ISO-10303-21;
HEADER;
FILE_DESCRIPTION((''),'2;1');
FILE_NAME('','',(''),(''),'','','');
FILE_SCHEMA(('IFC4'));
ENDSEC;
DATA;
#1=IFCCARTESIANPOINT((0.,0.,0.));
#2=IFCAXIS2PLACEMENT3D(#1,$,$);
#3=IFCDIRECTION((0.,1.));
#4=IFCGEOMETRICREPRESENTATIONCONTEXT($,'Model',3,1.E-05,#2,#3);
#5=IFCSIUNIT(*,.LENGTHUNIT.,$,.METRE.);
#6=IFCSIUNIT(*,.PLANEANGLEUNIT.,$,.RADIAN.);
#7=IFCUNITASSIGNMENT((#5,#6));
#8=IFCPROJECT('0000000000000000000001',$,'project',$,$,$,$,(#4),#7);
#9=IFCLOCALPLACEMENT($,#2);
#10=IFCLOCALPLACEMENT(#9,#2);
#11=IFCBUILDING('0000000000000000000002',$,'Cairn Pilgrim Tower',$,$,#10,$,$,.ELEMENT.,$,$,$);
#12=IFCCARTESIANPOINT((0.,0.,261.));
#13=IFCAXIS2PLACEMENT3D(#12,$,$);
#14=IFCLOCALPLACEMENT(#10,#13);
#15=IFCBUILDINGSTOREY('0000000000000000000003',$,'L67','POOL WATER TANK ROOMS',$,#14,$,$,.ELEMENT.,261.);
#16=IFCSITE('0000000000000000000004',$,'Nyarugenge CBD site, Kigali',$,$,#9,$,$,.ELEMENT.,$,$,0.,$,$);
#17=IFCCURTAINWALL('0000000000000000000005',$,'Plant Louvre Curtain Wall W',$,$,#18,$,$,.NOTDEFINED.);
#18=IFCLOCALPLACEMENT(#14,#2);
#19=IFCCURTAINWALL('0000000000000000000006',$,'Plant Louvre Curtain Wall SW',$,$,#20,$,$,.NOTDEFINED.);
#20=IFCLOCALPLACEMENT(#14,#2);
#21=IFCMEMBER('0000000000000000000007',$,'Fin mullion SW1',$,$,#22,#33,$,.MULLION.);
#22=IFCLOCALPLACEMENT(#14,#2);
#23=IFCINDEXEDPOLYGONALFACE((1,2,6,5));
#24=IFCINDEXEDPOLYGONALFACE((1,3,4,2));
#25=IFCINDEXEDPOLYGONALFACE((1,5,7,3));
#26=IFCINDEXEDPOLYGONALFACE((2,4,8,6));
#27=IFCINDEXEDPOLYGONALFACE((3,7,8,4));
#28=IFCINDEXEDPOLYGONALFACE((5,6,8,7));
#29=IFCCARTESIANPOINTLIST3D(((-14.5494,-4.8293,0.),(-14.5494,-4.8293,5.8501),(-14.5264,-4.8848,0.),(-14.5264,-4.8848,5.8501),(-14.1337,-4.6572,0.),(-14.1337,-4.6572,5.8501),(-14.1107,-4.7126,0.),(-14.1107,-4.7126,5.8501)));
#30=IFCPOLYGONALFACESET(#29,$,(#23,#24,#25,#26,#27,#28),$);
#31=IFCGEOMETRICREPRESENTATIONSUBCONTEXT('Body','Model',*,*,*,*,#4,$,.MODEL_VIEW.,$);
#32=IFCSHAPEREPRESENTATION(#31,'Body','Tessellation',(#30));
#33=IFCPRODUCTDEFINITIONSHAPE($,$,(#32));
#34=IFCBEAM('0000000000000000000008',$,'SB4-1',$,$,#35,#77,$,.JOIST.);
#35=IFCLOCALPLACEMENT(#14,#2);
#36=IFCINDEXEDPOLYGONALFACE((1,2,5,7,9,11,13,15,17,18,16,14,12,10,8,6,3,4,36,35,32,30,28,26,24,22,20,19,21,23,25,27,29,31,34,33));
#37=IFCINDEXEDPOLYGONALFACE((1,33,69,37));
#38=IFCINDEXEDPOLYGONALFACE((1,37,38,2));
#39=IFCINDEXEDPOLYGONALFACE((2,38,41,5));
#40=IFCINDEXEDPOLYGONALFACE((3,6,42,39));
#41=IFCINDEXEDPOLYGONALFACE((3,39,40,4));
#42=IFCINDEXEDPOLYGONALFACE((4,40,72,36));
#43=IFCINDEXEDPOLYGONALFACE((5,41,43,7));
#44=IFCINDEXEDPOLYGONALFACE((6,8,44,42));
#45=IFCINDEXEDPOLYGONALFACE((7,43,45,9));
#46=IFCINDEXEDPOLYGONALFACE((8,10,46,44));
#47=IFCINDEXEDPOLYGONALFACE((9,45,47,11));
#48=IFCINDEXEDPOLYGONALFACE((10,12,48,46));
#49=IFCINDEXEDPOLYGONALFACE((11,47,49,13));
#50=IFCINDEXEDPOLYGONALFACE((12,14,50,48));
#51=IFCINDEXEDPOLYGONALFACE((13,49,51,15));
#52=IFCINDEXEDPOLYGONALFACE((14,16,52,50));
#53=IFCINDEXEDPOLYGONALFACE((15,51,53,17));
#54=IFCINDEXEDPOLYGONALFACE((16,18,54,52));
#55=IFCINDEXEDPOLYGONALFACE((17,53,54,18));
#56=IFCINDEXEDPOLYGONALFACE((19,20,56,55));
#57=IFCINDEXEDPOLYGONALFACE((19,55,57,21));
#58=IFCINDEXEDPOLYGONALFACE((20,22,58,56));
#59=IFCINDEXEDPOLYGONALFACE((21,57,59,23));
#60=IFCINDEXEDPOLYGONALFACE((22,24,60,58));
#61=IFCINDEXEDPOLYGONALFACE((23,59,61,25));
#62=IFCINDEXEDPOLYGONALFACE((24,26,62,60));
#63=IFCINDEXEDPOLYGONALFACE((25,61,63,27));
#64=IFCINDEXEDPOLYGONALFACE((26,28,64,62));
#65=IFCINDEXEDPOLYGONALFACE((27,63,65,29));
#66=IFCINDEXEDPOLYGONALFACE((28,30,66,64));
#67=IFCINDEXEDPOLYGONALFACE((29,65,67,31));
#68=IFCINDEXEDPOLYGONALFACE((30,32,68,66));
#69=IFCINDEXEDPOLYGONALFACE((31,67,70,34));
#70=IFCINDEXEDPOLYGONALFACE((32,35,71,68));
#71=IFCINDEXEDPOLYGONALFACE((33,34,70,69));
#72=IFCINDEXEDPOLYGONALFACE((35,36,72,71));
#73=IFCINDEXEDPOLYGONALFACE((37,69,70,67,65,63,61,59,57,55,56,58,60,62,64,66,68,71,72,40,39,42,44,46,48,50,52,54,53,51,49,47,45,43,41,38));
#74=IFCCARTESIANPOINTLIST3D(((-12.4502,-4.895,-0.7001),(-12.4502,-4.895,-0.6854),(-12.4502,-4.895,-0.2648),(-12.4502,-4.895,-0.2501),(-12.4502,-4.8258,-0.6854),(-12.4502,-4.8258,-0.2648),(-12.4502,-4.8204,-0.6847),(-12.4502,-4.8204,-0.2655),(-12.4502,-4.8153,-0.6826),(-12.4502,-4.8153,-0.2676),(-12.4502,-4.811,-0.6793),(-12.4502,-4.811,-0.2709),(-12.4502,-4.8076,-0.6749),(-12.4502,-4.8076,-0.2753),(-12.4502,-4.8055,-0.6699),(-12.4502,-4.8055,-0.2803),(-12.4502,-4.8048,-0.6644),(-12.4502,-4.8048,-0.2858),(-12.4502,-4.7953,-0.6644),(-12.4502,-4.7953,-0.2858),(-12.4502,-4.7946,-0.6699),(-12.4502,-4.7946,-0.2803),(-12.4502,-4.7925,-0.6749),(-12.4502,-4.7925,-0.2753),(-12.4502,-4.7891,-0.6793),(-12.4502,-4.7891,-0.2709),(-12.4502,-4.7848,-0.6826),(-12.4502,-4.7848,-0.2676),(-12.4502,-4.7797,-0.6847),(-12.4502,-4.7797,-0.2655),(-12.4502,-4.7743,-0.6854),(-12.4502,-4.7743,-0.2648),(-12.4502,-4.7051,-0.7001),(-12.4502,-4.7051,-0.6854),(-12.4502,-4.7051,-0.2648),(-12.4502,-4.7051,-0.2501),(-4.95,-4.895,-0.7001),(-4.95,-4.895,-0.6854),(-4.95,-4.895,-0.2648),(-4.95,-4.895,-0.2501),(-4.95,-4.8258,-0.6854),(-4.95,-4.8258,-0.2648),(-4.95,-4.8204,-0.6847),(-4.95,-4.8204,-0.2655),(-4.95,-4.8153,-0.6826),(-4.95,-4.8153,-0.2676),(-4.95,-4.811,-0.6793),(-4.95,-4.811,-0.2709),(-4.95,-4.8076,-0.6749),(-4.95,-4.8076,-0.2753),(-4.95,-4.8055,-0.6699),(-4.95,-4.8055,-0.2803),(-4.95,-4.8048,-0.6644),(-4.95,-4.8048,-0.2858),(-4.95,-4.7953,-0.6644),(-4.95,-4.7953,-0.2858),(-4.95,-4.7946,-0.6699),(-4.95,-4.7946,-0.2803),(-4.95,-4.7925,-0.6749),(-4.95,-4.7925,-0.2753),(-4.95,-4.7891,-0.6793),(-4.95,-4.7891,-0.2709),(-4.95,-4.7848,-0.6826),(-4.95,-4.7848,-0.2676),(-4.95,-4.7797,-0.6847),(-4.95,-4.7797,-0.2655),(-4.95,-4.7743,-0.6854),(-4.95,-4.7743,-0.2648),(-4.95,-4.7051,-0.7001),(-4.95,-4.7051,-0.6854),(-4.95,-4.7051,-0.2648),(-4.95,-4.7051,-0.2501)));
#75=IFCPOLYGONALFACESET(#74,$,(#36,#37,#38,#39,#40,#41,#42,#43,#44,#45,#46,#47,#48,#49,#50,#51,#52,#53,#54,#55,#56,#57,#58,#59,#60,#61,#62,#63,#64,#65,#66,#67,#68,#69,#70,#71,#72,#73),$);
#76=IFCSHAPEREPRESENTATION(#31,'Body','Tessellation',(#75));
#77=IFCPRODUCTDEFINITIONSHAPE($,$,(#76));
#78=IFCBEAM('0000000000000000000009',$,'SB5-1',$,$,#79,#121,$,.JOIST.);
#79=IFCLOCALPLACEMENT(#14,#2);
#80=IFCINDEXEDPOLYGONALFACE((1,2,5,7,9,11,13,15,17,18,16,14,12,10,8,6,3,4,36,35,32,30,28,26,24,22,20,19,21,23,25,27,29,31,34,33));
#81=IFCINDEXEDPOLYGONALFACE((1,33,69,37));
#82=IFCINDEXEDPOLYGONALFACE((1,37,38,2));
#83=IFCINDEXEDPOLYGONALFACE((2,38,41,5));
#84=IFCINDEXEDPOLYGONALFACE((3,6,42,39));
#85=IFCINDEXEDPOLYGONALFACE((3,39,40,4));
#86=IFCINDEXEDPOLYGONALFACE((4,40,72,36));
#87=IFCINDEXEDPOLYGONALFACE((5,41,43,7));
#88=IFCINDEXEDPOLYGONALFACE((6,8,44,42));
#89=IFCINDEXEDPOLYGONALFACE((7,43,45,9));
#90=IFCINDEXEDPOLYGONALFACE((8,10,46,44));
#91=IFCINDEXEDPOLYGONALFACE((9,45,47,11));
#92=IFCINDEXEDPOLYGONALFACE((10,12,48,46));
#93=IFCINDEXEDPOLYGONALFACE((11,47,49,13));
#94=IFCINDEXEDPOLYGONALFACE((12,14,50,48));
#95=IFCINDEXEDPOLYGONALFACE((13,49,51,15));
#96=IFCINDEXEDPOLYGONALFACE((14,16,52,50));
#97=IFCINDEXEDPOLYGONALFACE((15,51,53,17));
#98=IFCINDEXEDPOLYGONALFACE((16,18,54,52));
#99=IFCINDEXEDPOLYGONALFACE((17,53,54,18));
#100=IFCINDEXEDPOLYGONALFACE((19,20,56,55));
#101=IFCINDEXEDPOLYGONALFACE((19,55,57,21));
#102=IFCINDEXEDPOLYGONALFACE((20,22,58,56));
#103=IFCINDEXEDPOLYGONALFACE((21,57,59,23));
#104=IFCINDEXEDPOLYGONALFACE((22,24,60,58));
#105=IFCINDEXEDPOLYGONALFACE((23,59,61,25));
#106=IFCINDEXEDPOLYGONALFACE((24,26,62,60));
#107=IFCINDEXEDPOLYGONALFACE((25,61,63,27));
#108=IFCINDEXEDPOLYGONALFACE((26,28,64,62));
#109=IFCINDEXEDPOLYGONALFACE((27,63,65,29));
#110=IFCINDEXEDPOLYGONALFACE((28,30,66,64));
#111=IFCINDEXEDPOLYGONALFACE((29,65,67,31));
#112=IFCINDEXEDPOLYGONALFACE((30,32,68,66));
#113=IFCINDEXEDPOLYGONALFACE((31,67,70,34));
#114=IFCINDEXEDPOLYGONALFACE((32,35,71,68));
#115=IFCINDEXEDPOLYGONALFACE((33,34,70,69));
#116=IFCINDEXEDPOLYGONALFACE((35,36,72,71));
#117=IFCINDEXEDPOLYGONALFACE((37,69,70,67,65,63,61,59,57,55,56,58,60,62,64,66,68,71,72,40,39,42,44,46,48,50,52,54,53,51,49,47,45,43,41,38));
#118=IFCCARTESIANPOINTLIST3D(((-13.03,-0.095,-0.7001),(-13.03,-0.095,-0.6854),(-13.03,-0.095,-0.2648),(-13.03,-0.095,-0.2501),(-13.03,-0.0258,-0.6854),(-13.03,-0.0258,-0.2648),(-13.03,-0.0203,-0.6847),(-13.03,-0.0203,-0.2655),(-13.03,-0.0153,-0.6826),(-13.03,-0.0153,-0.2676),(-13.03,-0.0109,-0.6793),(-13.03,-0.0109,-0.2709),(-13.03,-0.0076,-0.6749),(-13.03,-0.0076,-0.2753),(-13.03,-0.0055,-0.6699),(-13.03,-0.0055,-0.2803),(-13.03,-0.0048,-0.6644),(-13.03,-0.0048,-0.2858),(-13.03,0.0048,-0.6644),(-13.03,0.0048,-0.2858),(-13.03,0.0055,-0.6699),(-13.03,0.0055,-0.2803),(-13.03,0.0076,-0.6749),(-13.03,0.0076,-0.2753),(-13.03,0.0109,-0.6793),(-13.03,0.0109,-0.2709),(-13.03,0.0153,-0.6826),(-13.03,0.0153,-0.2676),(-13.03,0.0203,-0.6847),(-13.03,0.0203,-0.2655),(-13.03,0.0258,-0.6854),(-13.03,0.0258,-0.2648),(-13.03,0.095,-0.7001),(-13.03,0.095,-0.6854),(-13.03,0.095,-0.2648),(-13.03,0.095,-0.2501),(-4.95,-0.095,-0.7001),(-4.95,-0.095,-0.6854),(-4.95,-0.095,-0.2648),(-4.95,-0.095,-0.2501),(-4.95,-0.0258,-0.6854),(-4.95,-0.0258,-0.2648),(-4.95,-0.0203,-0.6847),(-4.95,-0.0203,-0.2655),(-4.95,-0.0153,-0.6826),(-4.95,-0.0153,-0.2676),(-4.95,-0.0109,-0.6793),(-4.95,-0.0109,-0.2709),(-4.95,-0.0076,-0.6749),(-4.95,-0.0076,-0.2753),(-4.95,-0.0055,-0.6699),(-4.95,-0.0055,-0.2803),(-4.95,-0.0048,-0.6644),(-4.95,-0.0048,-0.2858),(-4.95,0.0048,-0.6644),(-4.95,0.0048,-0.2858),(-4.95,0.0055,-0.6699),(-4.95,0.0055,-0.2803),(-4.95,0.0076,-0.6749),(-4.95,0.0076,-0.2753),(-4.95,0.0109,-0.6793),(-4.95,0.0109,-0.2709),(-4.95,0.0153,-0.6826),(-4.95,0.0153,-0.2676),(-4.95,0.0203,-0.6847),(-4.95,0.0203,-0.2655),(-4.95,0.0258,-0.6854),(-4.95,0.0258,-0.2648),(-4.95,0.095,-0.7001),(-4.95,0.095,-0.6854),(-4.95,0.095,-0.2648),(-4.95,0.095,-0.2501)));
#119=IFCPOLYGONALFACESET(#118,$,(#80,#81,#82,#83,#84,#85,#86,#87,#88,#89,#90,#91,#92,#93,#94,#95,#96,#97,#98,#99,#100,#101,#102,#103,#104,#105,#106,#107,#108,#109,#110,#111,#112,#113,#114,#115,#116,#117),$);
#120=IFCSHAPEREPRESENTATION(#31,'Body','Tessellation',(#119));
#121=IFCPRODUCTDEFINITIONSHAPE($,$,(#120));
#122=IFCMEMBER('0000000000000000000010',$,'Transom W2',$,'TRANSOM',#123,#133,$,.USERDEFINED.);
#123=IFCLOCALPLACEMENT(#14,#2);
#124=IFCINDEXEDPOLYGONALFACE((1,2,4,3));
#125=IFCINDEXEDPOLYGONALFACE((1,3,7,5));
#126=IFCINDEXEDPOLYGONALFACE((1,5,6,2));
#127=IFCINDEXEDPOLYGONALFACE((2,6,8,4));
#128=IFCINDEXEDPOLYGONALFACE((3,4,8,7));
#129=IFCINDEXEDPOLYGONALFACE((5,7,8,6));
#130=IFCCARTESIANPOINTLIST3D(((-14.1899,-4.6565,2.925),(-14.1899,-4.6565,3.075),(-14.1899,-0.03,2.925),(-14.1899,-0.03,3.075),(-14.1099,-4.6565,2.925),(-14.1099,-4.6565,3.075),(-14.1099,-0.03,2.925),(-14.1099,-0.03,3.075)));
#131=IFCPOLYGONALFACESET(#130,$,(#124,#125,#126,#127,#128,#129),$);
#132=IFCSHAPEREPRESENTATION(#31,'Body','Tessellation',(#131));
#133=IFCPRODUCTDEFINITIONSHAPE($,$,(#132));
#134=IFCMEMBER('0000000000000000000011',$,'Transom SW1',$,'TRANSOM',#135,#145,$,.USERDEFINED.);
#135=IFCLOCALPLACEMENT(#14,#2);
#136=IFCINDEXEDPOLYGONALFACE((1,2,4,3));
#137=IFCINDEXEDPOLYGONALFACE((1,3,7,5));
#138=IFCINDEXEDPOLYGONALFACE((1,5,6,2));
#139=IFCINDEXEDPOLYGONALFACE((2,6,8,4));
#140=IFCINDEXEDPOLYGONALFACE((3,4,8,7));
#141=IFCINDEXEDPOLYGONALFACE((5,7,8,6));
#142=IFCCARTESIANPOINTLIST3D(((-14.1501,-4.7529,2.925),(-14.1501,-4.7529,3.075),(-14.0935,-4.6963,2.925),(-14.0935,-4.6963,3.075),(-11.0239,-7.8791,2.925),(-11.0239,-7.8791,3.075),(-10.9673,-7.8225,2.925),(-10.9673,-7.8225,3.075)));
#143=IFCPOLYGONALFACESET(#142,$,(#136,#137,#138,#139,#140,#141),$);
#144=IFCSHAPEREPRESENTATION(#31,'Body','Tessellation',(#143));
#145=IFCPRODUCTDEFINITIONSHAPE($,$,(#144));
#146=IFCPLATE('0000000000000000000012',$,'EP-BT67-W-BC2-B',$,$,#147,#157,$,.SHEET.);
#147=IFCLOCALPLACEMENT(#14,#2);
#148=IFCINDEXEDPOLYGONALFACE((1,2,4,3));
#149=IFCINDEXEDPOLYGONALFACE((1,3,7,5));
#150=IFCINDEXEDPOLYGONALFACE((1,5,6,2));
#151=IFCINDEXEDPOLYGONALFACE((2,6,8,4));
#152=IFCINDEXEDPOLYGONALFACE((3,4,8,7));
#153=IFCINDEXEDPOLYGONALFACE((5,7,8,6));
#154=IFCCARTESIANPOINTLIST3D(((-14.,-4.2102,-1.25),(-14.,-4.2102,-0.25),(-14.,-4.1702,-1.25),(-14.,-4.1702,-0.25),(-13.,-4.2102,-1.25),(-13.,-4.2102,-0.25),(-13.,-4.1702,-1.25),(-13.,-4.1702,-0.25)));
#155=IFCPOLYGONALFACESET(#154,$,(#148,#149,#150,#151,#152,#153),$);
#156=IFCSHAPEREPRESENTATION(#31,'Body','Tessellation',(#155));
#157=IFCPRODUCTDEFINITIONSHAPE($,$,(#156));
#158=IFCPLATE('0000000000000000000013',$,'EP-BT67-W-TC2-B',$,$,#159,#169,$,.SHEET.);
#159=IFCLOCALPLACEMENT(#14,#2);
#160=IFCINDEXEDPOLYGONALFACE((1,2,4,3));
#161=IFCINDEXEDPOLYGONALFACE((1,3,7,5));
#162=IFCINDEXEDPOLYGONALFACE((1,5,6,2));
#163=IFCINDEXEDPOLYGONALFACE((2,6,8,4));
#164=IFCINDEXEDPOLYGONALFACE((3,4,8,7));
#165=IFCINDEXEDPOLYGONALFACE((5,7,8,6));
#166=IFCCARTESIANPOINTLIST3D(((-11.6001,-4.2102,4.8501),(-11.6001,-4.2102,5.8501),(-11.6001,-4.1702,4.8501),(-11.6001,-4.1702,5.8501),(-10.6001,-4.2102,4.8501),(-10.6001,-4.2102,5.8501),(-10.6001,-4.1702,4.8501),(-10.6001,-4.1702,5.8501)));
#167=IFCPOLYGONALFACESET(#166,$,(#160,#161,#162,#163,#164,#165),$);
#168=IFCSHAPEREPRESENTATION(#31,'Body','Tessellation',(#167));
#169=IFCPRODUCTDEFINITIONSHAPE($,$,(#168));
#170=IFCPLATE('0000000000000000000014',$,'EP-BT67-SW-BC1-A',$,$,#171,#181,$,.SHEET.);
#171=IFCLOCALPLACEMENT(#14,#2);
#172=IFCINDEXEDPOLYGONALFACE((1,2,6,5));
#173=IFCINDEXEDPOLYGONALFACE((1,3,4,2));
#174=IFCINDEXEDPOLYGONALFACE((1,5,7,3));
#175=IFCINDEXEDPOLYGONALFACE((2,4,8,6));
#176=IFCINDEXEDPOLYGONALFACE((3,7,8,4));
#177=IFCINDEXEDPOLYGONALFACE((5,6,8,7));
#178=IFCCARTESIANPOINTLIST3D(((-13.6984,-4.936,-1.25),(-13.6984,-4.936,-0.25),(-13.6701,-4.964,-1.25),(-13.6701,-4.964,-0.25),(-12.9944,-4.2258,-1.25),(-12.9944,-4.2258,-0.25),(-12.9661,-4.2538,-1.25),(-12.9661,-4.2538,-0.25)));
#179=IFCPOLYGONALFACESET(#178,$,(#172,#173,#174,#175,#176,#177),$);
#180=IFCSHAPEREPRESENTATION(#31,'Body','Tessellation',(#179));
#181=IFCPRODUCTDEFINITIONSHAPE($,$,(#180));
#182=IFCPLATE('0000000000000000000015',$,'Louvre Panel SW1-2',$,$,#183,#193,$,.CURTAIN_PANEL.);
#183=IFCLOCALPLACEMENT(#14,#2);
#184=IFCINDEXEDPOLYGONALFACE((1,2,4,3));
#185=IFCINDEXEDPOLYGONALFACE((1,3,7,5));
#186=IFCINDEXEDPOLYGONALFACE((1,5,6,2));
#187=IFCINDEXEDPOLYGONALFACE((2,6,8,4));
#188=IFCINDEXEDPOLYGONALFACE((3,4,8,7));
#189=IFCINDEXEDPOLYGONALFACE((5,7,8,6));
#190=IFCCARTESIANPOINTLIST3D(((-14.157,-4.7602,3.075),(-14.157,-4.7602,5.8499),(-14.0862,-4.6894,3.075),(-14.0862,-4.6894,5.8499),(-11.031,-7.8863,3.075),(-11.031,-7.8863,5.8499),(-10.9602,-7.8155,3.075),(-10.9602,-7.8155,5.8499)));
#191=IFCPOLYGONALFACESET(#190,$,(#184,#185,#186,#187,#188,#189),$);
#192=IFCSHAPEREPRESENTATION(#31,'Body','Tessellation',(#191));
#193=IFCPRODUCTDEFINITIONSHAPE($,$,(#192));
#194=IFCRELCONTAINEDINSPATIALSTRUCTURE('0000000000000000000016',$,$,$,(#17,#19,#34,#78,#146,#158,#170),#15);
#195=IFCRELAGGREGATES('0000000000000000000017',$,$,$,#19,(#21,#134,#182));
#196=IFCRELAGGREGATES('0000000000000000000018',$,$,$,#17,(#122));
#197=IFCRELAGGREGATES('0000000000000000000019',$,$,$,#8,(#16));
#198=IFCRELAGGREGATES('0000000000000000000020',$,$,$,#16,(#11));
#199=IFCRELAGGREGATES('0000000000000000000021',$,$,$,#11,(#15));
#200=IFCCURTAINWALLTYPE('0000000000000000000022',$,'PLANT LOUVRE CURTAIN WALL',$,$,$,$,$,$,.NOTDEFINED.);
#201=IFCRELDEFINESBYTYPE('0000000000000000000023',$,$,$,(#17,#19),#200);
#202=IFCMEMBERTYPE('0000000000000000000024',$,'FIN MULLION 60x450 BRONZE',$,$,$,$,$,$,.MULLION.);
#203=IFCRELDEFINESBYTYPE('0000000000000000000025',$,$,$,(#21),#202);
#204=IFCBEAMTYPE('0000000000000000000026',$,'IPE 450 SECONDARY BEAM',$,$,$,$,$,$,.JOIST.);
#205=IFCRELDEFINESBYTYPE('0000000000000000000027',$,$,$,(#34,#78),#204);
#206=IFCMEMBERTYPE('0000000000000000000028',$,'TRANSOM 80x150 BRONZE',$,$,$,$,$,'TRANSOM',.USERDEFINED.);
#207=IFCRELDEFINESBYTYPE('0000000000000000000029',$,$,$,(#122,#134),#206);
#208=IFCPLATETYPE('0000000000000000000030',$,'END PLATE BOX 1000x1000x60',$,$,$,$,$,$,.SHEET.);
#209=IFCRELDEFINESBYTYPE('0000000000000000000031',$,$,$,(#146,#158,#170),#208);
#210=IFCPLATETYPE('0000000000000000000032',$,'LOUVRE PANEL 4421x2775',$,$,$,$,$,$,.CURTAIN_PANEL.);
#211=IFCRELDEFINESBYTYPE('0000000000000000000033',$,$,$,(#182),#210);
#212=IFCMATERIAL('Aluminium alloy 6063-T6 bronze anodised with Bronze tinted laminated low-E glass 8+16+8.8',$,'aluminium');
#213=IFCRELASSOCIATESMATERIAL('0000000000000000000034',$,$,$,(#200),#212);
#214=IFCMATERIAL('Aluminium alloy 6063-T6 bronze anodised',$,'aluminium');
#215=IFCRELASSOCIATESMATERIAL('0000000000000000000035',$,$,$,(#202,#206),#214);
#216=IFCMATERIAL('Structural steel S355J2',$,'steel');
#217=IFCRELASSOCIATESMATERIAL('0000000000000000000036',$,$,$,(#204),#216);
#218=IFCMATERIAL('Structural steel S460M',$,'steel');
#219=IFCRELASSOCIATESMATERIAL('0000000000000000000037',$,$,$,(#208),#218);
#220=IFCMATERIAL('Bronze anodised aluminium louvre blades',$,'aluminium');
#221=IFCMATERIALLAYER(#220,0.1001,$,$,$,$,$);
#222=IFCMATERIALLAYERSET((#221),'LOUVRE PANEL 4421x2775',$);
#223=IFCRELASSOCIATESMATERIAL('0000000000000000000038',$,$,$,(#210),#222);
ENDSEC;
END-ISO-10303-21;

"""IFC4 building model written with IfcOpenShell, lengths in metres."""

from ifc_helpers import new_model, si_unit, direction, frame, origin, origin_2d, place, context, subcontext, project, spatial, rectangle, i_section, extrude, material, layer, layer_set, material_profile, profile_set, type_object, element, aggregate, save


model = new_model("IFC4")

# Units and contexts
model_context = context("Model", 3, precision=1e-05, world=origin(), true_north=direction((0.0, 1.0)))
body_context = subcontext(model_context, "Body", "Model", "MODEL_VIEW")
ifc_project = project(units=[si_unit("LENGTHUNIT", "METRE"), si_unit("PLANEANGLEUNIT", "RADIAN")], contexts=[model_context])

# Site, building, storey
site_placement = place(None, origin())
site = spatial("IfcSite", under=ifc_project, at=site_placement, Name="Nyarugenge CBD site, Kigali", CompositionType="ELEMENT", RefElevation=0.0)
building_placement = place(site_placement, origin())
building = spatial("IfcBuilding", under=site, at=building_placement, Name="Cairn Pilgrim Tower", CompositionType="ELEMENT")
storey_placement = place(building_placement, frame((0.0, 0.0, 261.0)))
storey = spatial("IfcBuildingStorey", under=building, at=storey_placement, Name="L67", Description="POOL WATER TANK ROOMS", CompositionType="ELEMENT", Elevation=261.0)

# Shared definitions
ifc_material_1 = material(Name="Structural steel S460M", Category="steel")
ifc_material_2 = material(Name="Structural steel S355J2", Category="steel")

# Curtain walls, member
ifc_material_3 = material(Name="Aluminium alloy 6063-T6 bronze anodised with Bronze tinted laminated low-E glass 8+16+8.8", Category="aluminium")
curtain_wall_type = type_object("IfcCurtainWallType", Name="PLANT LOUVRE CURTAIN WALL", PredefinedType="NOTDEFINED", material=ifc_material_3)
curtain_wall_1_placement = place(storey_placement, origin())
curtain_wall_1 = element("IfcCurtainWall", 1, at=curtain_wall_1_placement, inside=storey, type_object=curtain_wall_type, Name="Plant Louvre Curtain Wall W", PredefinedType="NOTDEFINED")
ifc_material_4 = material(Name="Aluminium alloy 6063-T6 bronze anodised", Category="aluminium")
ifc_material_profile_1 = material_profile(ifc_material_4, rectangle(XDim=0.45, YDim=0.0601, at=origin_2d()), Name="FIN MULLION 60x450 BRONZE")
ifc_profile_set_1 = profile_set([ifc_material_profile_1], Name="Aluminium alloy 6063-T6 bronze anodised")
member_type_1 = type_object("IfcMemberType", Name="FIN MULLION 60x450 BRONZE", PredefinedType="MULLION", material=ifc_profile_set_1)
curtain_wall_2_placement = place(storey_placement, origin())
curtain_wall_2 = element("IfcCurtainWall", 2, at=curtain_wall_2_placement, inside=storey, type_object=curtain_wall_type, Name="Plant Louvre Curtain Wall SW", PredefinedType="NOTDEFINED")
member_1_placement = place(storey_placement, frame((-14.3301, -4.771, 0.0), z_axis=(0.0, 0.0, 1.0), x_axis=(-0.92388, -0.382683, 0.0)))
member_1 = element("IfcMember", 3, at=member_1_placement, type_object=member_type_1, Name="Fin mullion SW1", PredefinedType="MULLION", context=body_context, shape_type="SweptSolid", body=[
    extrude(rectangle(XDim=0.45, YDim=0.0601, at=origin_2d()), origin(), (0.0, 0.0, 1.0), 5.8501),
])

# Beams
ifc_material_profile_2 = material_profile(ifc_material_2, i_section(OverallWidth=0.1899, OverallDepth=0.45, WebThickness=0.0095, FlangeThickness=0.0146, FilletRadius=0.021, at=origin_2d()), Name="IPE 450")
ifc_profile_set_2 = profile_set([ifc_material_profile_2], Name="Structural steel S355J2")
beam_type_1 = type_object("IfcBeamType", Name="IPE 450 SECONDARY BEAM", PredefinedType="JOIST", material=ifc_profile_set_2)
beam_1_placement = place(storey_placement, frame((-12.4502, -4.8, -0.4751), z_axis=(1.0, 0.0, 0.0), x_axis=(0.0, 1.0, 0.0)))
element("IfcBeam", 4, at=beam_1_placement, inside=storey, type_object=beam_type_1, Name="SB4-1", PredefinedType="JOIST", context=body_context, shape_type="SweptSolid", body=[
    extrude(i_section(OverallWidth=0.1899, OverallDepth=0.45, WebThickness=0.0095, FlangeThickness=0.0146, FilletRadius=0.021, at=origin_2d()), origin(), (0.0, 0.0, 1.0), 7.5002),
])
beam_2_placement = place(storey_placement, frame((-13.03, 0.0, -0.4751), z_axis=(1.0, 0.0, 0.0), x_axis=(0.0, 1.0, 0.0)))
element("IfcBeam", 5, at=beam_2_placement, inside=storey, type_object=beam_type_1, Name="SB5-1", PredefinedType="JOIST", context=body_context, shape_type="SweptSolid", body=[
    extrude(i_section(OverallWidth=0.1899, OverallDepth=0.45, WebThickness=0.0095, FlangeThickness=0.0146, FilletRadius=0.021, at=origin_2d()), origin(), (0.0, 0.0, 1.0), 8.0801),
])

# Members
ifc_material_profile_3 = material_profile(ifc_material_4, rectangle(XDim=0.0801, YDim=0.1499, at=origin_2d()), Name="TRANSOM 80x150 BRONZE")
ifc_profile_set_3 = profile_set([ifc_material_profile_3], Name="Aluminium alloy 6063-T6 bronze anodised")
member_type_2 = type_object("IfcMemberType", Name="TRANSOM 80x150 BRONZE", ElementType="TRANSOM", PredefinedType="USERDEFINED", material=ifc_profile_set_3)
member_2_placement = place(storey_placement, frame((-14.1499, -0.03, 3.0), z_axis=(0.0, -1.0, 0.0), x_axis=(1.0, 0.0, 0.0)))
member_2 = element("IfcMember", 6, at=member_2_placement, type_object=member_type_2, Name="Transom W2", ObjectType="TRANSOM", PredefinedType="USERDEFINED", context=body_context, shape_type="SweptSolid", body=[
    extrude(rectangle(XDim=0.0801, YDim=0.1499, at=origin_2d()), origin(), (0.0, 0.0, 1.0), 4.6265),
])
member_3_placement = place(storey_placement, frame((-14.1218, -4.7246, 3.0), z_axis=(0.707107, -0.707107, 0.0), x_axis=(0.707107, 0.707107, 0.0)))
member_3 = element("IfcMember", 7, at=member_3_placement, type_object=member_type_2, Name="Transom SW1", ObjectType="TRANSOM", PredefinedType="USERDEFINED", context=body_context, shape_type="SweptSolid", body=[
    extrude(rectangle(XDim=0.0801, YDim=0.1499, at=origin_2d()), origin(), (0.0, 0.0, 1.0), 4.4211),
])

# Plates
ifc_material_profile_4 = material_profile(ifc_material_1, rectangle(XDim=1.0, YDim=1.0, at=origin_2d()), Name="END PLATE BOX 1000x1000x60")
ifc_profile_set_4 = profile_set([ifc_material_profile_4], Name="Structural steel S460M")
plate_type_1 = type_object("IfcPlateType", Name="END PLATE BOX 1000x1000x60", PredefinedType="SHEET", material=ifc_profile_set_4)
for number, where, z_axis, x_axis, name in (
    (8, (-13.5, -4.1702, -0.75), (0.0, -1.0, 0.0), (1.0, 0.0, 0.0), "EP-BT67-W-BC2-B"),
    (9, (-11.1001, -4.1702, 5.3501), (0.0, -1.0, 0.0), (1.0, 0.0, 0.0), "EP-BT67-W-TC2-B"),
):
    element("IfcPlate", number, at=place(storey_placement, frame(where, z_axis=z_axis, x_axis=x_axis)), inside=storey, type_object=plate_type_1, Name=name, PredefinedType="SHEET", context=body_context, shape_type="SweptSolid", body=[
        extrude(rectangle(XDim=1.0, YDim=1.0, at=origin_2d()), origin(), (0.0, 0.0, 1.0), 0.04),
    ])
plate_1_placement = place(storey_placement, frame((-13.3181, -4.6089, -0.75), z_axis=(-0.710161, 0.704039, 0.0), x_axis=(-0.704039, -0.710161, 0.0)))
element("IfcPlate", 10, at=plate_1_placement, inside=storey, type_object=plate_type_1, Name="EP-BT67-SW-BC1-A", PredefinedType="SHEET", context=body_context, shape_type="SweptSolid", body=[
    extrude(rectangle(XDim=1.0, YDim=1.0, at=origin_2d()), origin(), (0.0, 0.0, 1.0), 0.0398),
])

# Plate
ifc_material_5 = material(Name="Bronze anodised aluminium louvre blades", Category="aluminium")
ifc_layer_1 = layer(ifc_material_5, 0.1001)
ifc_layer_set_1 = layer_set([ifc_layer_1], Name="LOUVRE PANEL 4421x2775")
plate_type_2 = type_object("IfcPlateType", Name="LOUVRE PANEL 4421x2775", PredefinedType="CURTAIN_PANEL", material=ifc_layer_set_1)
plate_2_placement = place(storey_placement, frame((-12.5586, -6.2878, 3.075), z_axis=(0.0, 0.0, 1.0), x_axis=(0.707107, -0.707107, 0.0)))
plate_2 = element("IfcPlate", 11, at=plate_2_placement, type_object=plate_type_2, Name="Louvre Panel SW1-2", PredefinedType="CURTAIN_PANEL", context=body_context, shape_type="SweptSolid", body=[
    extrude(rectangle(XDim=4.4209, YDim=0.1001, at=origin_2d()), origin(), (0.0, 0.0, 1.0), 2.7749),
])
aggregate(curtain_wall_2, [member_1, member_3, plate_2])
aggregate(curtain_wall_1, [member_2])

save(model, "model.ifc")
